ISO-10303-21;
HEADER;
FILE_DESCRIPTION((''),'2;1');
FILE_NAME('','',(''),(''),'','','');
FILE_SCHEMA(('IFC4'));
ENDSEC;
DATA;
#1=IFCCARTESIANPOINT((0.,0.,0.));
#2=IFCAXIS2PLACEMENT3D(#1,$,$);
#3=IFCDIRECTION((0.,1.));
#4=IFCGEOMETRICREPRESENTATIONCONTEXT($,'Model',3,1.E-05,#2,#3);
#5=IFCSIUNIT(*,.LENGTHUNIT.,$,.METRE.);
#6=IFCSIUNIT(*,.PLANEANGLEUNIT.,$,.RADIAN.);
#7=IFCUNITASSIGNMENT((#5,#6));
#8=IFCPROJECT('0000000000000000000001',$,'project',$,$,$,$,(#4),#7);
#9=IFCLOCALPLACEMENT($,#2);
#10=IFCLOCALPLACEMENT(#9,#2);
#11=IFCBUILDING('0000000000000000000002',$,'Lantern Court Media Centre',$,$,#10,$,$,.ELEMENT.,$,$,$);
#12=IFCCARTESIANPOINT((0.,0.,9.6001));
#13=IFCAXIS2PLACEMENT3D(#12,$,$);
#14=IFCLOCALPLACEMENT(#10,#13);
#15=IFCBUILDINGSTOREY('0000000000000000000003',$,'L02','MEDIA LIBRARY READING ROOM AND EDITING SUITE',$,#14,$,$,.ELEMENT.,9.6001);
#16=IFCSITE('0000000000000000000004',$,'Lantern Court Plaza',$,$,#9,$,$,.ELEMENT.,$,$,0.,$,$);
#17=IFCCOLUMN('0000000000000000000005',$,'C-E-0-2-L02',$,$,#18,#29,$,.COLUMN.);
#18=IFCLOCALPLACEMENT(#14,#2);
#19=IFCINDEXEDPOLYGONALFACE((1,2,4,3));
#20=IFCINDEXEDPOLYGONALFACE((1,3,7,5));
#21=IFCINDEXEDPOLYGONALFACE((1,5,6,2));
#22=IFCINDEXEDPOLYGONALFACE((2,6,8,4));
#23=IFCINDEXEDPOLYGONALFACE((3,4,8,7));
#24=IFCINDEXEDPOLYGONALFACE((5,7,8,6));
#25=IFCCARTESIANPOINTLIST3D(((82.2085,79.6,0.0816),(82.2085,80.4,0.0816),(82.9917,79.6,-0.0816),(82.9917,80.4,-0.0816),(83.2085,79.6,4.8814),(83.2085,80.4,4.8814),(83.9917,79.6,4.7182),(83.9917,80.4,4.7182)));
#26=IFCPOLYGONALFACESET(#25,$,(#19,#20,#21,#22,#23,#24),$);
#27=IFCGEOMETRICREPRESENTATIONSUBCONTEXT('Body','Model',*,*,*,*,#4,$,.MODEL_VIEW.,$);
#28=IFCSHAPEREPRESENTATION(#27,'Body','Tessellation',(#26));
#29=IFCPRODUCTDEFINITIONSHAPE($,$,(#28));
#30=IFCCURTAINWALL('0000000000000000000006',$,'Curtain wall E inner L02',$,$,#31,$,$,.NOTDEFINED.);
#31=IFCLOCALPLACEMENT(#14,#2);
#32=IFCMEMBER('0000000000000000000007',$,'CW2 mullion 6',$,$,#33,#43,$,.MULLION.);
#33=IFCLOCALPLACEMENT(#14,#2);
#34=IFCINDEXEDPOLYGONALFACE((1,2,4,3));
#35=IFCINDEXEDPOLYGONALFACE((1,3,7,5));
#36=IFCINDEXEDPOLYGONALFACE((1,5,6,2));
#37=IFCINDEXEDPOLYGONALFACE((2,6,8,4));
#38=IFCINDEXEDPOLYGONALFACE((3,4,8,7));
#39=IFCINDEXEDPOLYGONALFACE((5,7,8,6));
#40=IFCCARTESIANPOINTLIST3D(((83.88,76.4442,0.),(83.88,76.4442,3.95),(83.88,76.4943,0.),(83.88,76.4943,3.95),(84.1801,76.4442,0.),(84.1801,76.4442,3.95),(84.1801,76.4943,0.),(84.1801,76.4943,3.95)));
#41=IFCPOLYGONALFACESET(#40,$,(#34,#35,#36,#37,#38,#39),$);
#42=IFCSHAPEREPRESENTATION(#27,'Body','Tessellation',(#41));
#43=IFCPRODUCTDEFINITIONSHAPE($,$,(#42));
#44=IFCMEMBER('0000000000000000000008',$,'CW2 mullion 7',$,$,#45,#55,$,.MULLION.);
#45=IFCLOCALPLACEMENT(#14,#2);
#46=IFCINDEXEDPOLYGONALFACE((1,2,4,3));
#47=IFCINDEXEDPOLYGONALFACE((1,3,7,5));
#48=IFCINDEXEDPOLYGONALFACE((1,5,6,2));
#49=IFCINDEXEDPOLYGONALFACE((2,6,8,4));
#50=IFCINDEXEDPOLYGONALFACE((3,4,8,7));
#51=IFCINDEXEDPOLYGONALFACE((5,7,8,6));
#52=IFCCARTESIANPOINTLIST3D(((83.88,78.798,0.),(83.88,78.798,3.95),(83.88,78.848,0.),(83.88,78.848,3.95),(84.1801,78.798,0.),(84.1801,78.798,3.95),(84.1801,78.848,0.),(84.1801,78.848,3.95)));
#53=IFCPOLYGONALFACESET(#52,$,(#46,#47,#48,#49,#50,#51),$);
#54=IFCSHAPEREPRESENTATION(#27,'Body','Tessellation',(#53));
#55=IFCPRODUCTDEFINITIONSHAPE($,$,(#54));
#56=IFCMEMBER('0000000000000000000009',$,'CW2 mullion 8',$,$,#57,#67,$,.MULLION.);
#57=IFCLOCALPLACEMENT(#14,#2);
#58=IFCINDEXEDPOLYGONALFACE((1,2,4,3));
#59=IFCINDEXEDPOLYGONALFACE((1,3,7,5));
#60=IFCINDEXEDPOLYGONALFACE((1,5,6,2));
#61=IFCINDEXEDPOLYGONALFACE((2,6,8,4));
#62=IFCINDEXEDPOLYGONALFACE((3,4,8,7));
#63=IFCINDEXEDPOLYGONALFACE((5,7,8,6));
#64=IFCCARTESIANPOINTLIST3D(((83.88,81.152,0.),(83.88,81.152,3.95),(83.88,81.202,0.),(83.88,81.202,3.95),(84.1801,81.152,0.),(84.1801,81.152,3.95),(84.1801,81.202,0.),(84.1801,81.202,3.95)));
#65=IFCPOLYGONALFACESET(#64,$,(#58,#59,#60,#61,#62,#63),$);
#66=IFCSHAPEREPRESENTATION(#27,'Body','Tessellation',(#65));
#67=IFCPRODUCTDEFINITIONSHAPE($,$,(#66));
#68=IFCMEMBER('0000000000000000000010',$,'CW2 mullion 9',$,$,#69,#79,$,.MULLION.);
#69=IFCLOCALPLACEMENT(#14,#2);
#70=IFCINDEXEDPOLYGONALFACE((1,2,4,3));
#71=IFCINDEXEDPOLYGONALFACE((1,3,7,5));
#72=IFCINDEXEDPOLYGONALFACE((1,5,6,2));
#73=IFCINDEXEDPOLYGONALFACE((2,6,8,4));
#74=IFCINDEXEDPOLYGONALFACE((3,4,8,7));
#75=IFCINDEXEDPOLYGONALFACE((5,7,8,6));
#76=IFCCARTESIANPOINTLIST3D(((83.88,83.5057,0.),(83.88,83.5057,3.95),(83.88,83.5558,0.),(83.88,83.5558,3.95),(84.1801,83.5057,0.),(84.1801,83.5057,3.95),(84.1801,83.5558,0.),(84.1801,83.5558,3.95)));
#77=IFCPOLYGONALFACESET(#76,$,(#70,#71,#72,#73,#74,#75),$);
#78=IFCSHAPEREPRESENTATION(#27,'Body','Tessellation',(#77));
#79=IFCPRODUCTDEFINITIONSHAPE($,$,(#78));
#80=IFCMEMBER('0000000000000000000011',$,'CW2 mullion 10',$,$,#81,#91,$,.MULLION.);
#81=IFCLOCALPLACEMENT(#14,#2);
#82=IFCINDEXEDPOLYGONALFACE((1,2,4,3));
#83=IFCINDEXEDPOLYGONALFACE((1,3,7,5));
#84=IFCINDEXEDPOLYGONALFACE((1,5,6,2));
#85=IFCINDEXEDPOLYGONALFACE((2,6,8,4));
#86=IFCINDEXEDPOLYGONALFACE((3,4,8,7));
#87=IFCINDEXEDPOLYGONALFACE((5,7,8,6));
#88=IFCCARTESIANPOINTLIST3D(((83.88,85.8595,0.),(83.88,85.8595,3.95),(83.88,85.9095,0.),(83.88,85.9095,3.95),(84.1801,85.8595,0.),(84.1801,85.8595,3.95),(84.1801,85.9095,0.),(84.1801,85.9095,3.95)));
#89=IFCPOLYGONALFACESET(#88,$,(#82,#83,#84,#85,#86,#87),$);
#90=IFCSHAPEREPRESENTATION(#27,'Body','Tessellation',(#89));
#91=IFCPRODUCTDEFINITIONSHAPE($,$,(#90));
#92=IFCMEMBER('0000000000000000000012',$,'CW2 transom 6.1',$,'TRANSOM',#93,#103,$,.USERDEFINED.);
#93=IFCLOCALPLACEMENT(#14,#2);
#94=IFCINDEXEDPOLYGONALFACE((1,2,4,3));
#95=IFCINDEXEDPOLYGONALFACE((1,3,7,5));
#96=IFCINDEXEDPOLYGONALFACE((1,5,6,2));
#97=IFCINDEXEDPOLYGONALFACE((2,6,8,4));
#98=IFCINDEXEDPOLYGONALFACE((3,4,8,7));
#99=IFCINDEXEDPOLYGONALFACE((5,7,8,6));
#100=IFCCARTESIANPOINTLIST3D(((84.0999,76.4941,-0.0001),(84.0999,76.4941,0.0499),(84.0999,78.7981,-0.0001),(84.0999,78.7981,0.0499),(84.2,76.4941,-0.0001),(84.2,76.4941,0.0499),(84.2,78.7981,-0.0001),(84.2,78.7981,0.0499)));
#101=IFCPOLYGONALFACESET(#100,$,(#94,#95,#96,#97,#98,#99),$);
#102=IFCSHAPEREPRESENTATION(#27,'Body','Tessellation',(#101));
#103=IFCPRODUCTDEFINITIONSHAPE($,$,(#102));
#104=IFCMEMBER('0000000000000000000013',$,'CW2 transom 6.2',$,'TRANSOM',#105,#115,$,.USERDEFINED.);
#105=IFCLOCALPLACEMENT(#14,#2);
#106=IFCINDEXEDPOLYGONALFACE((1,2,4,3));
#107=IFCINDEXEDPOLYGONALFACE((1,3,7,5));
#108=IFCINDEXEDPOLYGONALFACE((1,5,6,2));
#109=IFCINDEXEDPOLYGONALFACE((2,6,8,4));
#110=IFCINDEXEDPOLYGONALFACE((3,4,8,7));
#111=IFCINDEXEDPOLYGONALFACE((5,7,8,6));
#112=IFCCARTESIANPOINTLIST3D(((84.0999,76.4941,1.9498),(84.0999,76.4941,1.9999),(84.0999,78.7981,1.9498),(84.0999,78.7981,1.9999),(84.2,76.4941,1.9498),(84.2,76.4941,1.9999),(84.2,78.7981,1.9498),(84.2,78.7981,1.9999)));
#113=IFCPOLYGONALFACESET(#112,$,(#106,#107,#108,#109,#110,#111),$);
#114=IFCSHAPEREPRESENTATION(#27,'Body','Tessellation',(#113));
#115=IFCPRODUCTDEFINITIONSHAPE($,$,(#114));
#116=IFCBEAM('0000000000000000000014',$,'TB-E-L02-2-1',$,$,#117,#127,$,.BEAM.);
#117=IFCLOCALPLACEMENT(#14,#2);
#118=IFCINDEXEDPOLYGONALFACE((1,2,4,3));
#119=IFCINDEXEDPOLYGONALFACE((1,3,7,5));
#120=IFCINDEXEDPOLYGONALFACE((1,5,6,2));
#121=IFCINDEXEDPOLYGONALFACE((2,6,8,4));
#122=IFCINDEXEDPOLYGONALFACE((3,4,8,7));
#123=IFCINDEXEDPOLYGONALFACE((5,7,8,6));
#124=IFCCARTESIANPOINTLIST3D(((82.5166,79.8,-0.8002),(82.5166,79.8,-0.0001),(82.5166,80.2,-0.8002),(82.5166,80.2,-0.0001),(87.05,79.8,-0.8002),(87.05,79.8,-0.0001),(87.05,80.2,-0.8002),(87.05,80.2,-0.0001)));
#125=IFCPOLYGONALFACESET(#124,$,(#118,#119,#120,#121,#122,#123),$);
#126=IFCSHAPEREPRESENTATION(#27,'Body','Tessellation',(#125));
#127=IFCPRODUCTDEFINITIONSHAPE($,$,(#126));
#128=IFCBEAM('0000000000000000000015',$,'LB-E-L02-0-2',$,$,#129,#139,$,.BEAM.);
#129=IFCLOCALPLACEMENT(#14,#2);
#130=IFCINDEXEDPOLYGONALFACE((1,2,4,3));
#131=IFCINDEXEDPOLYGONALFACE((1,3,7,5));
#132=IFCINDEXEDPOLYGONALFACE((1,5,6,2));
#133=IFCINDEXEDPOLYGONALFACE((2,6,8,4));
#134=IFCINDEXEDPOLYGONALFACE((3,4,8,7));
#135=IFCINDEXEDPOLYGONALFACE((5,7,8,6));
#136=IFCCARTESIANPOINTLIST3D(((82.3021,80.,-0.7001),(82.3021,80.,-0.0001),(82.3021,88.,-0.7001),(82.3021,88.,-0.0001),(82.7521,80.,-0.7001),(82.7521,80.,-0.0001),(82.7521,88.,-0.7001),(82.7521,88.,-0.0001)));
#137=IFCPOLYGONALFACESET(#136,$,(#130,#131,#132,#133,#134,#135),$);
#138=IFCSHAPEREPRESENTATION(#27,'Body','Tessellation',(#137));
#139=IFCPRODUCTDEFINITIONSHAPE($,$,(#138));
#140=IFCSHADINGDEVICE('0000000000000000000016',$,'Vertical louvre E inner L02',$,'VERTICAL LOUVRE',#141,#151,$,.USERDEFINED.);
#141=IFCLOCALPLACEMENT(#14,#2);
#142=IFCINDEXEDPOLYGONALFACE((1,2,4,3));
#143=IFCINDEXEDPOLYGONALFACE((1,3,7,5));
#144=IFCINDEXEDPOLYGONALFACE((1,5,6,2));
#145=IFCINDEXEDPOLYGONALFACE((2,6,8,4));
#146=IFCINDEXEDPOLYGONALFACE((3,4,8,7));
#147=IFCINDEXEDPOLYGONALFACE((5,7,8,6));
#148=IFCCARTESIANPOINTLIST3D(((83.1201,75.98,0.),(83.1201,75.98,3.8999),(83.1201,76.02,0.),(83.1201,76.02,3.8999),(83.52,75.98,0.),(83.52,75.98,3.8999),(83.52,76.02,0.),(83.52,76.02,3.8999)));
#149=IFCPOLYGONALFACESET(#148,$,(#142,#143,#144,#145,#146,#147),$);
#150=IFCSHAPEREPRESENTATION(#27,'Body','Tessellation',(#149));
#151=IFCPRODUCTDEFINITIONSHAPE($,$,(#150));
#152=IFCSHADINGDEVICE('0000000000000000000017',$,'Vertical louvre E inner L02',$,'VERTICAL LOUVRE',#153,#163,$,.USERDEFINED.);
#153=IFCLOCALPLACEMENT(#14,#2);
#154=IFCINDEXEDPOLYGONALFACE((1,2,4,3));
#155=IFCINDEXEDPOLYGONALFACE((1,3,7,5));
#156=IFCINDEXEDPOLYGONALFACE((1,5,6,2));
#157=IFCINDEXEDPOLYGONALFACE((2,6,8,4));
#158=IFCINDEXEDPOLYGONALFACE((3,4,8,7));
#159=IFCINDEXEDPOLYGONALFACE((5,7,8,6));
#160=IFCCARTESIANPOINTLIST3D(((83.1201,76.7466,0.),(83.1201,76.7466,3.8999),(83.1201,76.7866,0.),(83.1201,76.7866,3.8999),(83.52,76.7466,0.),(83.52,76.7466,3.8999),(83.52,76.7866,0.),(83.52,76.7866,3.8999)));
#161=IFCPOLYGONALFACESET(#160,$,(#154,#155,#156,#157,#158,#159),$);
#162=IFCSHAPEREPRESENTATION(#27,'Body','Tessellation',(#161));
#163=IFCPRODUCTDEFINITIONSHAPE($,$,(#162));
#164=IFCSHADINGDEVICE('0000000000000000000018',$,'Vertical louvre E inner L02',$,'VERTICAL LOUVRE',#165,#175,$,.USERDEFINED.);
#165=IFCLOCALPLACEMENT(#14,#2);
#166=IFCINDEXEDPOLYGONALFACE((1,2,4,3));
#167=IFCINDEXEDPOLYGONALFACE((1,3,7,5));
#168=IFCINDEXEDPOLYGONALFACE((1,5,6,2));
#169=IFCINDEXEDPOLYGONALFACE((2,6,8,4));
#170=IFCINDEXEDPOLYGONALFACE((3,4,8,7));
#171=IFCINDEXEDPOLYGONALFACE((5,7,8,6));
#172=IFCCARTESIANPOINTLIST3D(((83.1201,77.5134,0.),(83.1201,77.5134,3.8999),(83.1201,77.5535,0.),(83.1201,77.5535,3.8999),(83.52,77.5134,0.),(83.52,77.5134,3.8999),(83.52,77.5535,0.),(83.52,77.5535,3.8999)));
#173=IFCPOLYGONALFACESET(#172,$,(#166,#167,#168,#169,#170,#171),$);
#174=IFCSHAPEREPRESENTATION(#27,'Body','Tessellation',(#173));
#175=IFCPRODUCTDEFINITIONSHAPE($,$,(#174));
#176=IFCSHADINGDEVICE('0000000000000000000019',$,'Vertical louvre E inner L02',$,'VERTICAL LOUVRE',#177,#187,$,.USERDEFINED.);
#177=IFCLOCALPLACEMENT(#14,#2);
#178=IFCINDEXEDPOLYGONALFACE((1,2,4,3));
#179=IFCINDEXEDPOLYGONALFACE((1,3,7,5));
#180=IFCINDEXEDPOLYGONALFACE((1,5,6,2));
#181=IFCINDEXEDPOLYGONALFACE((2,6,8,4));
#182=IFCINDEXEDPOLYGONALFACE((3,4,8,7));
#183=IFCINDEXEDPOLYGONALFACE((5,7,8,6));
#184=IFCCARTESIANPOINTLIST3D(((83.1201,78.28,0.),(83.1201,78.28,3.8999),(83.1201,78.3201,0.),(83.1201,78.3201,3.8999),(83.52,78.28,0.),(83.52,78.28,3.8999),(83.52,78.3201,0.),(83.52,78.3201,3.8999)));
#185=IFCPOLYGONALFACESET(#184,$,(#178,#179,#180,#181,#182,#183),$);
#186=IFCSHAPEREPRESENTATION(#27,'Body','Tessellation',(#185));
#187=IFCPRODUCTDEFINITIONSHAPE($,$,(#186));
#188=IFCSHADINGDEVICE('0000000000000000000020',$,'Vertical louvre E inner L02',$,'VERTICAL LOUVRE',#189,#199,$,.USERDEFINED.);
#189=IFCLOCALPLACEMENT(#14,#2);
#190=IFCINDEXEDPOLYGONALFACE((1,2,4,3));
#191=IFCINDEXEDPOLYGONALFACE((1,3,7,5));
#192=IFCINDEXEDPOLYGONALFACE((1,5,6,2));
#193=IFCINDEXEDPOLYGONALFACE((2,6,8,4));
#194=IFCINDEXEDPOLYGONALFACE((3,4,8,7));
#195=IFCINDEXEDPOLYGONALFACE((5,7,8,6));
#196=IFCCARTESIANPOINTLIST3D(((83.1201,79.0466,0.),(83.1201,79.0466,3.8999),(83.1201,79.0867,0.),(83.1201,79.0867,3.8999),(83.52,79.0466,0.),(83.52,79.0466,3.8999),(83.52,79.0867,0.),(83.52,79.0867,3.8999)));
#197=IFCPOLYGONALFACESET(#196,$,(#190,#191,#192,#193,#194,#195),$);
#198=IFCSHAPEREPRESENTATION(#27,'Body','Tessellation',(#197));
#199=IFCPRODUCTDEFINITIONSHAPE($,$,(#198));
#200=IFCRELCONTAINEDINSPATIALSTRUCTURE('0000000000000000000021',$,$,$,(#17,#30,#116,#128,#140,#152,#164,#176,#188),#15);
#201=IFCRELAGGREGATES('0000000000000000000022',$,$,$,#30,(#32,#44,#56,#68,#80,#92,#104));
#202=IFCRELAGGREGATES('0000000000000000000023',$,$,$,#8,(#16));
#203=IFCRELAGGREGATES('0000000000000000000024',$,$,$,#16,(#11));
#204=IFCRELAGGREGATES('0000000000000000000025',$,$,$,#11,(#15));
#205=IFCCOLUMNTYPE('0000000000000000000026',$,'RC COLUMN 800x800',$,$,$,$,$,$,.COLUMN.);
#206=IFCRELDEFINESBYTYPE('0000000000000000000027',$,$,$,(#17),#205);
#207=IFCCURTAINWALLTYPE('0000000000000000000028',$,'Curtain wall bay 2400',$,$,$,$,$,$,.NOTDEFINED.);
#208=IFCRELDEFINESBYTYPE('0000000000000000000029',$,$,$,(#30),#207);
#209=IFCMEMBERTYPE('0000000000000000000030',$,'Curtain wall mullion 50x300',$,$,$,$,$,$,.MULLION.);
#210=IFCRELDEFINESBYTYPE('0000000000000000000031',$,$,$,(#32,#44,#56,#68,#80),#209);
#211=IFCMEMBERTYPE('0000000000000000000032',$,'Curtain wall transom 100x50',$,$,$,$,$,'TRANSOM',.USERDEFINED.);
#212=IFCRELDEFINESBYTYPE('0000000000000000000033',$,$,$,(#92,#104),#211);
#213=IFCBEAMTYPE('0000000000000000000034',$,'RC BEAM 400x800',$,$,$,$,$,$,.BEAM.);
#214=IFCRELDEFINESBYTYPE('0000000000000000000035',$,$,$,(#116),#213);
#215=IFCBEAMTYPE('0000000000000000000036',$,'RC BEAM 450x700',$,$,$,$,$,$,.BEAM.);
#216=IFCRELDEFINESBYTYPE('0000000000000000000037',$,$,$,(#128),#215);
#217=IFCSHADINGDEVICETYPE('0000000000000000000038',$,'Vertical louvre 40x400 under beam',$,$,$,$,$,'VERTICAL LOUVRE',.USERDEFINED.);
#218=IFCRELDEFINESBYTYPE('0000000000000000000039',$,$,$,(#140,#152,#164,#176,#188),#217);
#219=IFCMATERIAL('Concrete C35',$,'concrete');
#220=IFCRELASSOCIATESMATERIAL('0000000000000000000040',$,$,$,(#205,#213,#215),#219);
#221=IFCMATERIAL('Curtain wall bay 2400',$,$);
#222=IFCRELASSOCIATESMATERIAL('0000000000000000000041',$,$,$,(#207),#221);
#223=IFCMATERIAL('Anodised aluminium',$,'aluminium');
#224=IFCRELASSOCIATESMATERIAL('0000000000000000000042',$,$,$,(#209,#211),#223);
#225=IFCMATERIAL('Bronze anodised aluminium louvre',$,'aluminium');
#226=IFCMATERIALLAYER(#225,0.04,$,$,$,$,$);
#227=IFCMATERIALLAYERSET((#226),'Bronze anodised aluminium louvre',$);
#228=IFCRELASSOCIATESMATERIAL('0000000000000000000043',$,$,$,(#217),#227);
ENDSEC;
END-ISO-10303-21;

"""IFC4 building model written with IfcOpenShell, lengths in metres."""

from ifc_helpers import new_model, si_unit, direction, frame, origin, origin_2d, place, context, subcontext, project, spatial, rectangle, extrude, material, layer, layer_set, material_profile, profile_set, type_object, element, aggregate, save


model = new_model("IFC4")

# Units and contexts
model_context = context("Model", 3, precision=1e-05, world=origin(), true_north=direction((0.0, 1.0)))
body_context = subcontext(model_context, "Body", "Model", "MODEL_VIEW")
ifc_project = project(units=[si_unit("LENGTHUNIT", "METRE"), si_unit("PLANEANGLEUNIT", "RADIAN")], contexts=[model_context])

# Site, building, storey
site_placement = place(None, origin())
site = spatial("IfcSite", under=ifc_project, at=site_placement, Name="Lantern Court Plaza", CompositionType="ELEMENT", RefElevation=0.0)
building_placement = place(site_placement, origin())
building = spatial("IfcBuilding", under=site, at=building_placement, Name="Lantern Court Media Centre", CompositionType="ELEMENT")
storey_placement = place(building_placement, frame((0.0, 0.0, 9.6001)))
storey = spatial("IfcBuildingStorey", under=building, at=storey_placement, Name="L02", Description="MEDIA LIBRARY READING ROOM AND EDITING SUITE", CompositionType="ELEMENT", Elevation=9.6001)

# Column
ifc_material_1 = material(Name="Concrete C35", Category="concrete")
ifc_material_profile_1 = material_profile(ifc_material_1, rectangle(XDim=0.8, YDim=0.8, at=origin_2d()), Name="RC 800x800")
ifc_profile_set_1 = profile_set([ifc_material_profile_1], Name="Concrete C35")
column_type = type_object("IfcColumnType", Name="RC COLUMN 800x800", PredefinedType="COLUMN", material=ifc_profile_set_1)
column_placement = place(storey_placement, frame((82.6001, 80.0, 0.0), z_axis=(0.203962, 0.0, 0.978979), x_axis=(0.0, 1.0, 0.0)))
element("IfcColumn", 1, at=column_placement, inside=storey, type_object=column_type, Name="C-E-0-2-L02", PredefinedType="COLUMN", context=body_context, shape_type="SweptSolid", body=[
    extrude(rectangle(XDim=0.8, YDim=0.8, at=origin_2d()), origin(), (0.0, 0.0, 1.0), 4.9028),
])

# Curtain wall, members
ifc_material_2 = material(Name="Curtain wall bay 2400")
curtain_wall_type = type_object("IfcCurtainWallType", Name="Curtain wall bay 2400", PredefinedType="NOTDEFINED", material=ifc_material_2)
curtain_wall_placement = place(storey_placement, origin())
curtain_wall = element("IfcCurtainWall", 2, at=curtain_wall_placement, inside=storey, type_object=curtain_wall_type, Name="Curtain wall E inner L02", PredefinedType="NOTDEFINED")
ifc_material_3 = material(Name="Anodised aluminium", Category="aluminium")
ifc_material_profile_2 = material_profile(ifc_material_3, rectangle(XDim=0.3, YDim=0.05, at=origin_2d()), Name="AL 50x300")
ifc_profile_set_2 = profile_set([ifc_material_profile_2], Name="Anodised aluminium")
member_type_1 = type_object("IfcMemberType", Name="Curtain wall mullion 50x300", PredefinedType="MULLION", material=ifc_profile_set_2)
member_1_placement = place(storey_placement, frame((84.03, 76.4692, 0.0), z_axis=(0.0, 0.0, 1.0), x_axis=(-1.0, 0.0, 0.0)))
member_1 = element("IfcMember", 3, at=member_1_placement, type_object=member_type_1, Name="CW2 mullion 6", PredefinedType="MULLION", context=body_context, shape_type="SweptSolid", body=[
    extrude(rectangle(XDim=0.3, YDim=0.05, at=origin_2d()), origin(), (0.0, 0.0, 1.0), 3.95),
])
member_2_placement = place(storey_placement, frame((84.03, 78.823, 0.0), z_axis=(0.0, 0.0, 1.0), x_axis=(-1.0, 0.0, 0.0)))
member_2 = element("IfcMember", 4, at=member_2_placement, type_object=member_type_1, Name="CW2 mullion 7", PredefinedType="MULLION", context=body_context, shape_type="SweptSolid", body=[
    extrude(rectangle(XDim=0.3, YDim=0.05, at=origin_2d()), origin(), (0.0, 0.0, 1.0), 3.95),
])
member_3_placement = place(storey_placement, frame((84.03, 81.177, 0.0), z_axis=(0.0, 0.0, 1.0), x_axis=(-1.0, 0.0, 0.0)))
member_3 = element("IfcMember", 5, at=member_3_placement, type_object=member_type_1, Name="CW2 mullion 8", PredefinedType="MULLION", context=body_context, shape_type="SweptSolid", body=[
    extrude(rectangle(XDim=0.3, YDim=0.05, at=origin_2d()), origin(), (0.0, 0.0, 1.0), 3.95),
])
member_4_placement = place(storey_placement, frame((84.03, 83.5308, 0.0), z_axis=(0.0, 0.0, 1.0), x_axis=(-1.0, 0.0, 0.0)))
member_4 = element("IfcMember", 6, at=member_4_placement, type_object=member_type_1, Name="CW2 mullion 9", PredefinedType="MULLION", context=body_context, shape_type="SweptSolid", body=[
    extrude(rectangle(XDim=0.3, YDim=0.05, at=origin_2d()), origin(), (0.0, 0.0, 1.0), 3.95),
])
member_5_placement = place(storey_placement, frame((84.03, 85.8845, 0.0), z_axis=(0.0, 0.0, 1.0), x_axis=(-1.0, 0.0, 0.0)))
member_5 = element("IfcMember", 7, at=member_5_placement, type_object=member_type_1, Name="CW2 mullion 10", PredefinedType="MULLION", context=body_context, shape_type="SweptSolid", body=[
    extrude(rectangle(XDim=0.3, YDim=0.05, at=origin_2d()), origin(), (0.0, 0.0, 1.0), 3.95),
])
ifc_material_profile_3 = material_profile(ifc_material_3, rectangle(XDim=0.1001, YDim=0.05, at=origin_2d()), Name="AL 50x100")
ifc_profile_set_3 = profile_set([ifc_material_profile_3], Name="Anodised aluminium")
member_type_2 = type_object("IfcMemberType", Name="Curtain wall transom 100x50", ElementType="TRANSOM", PredefinedType="USERDEFINED", material=ifc_profile_set_3)
member_6_placement = place(storey_placement, frame((84.1499, 76.4941, 0.0249), z_axis=(0.0, 1.0, 0.0), x_axis=(-1.0, 0.0, 0.0)))
member_6 = element("IfcMember", 8, at=member_6_placement, type_object=member_type_2, Name="CW2 transom 6.1", ObjectType="TRANSOM", PredefinedType="USERDEFINED", context=body_context, shape_type="SweptSolid", body=[
    extrude(rectangle(XDim=0.1001, YDim=0.05, at=origin_2d()), origin(), (0.0, 0.0, 1.0), 2.304),
])
member_7_placement = place(storey_placement, frame((84.1499, 76.4941, 1.9749), z_axis=(0.0, 1.0, 0.0), x_axis=(-1.0, 0.0, 0.0)))
member_7 = element("IfcMember", 9, at=member_7_placement, type_object=member_type_2, Name="CW2 transom 6.2", ObjectType="TRANSOM", PredefinedType="USERDEFINED", context=body_context, shape_type="SweptSolid", body=[
    extrude(rectangle(XDim=0.1001, YDim=0.05, at=origin_2d()), origin(), (0.0, 0.0, 1.0), 2.304),
])
aggregate(curtain_wall, [member_1, member_2, member_3, member_4, member_5, member_6, member_7])

# Beams
ifc_material_profile_4 = material_profile(ifc_material_1, rectangle(XDim=0.3999, YDim=0.8, at=origin_2d()), Name="RC 400x800")
ifc_profile_set_4 = profile_set([ifc_material_profile_4], Name="Concrete C35")
beam_type_1 = type_object("IfcBeamType", Name="RC BEAM 400x800", PredefinedType="BEAM", material=ifc_profile_set_4)
beam_1_placement = place(storey_placement, frame((82.5166, 80.0, -0.4001), z_axis=(1.0, 0.0, 0.0), x_axis=(0.0, 1.0, 0.0)))
element("IfcBeam", 10, at=beam_1_placement, inside=storey, type_object=beam_type_1, Name="TB-E-L02-2-1", PredefinedType="BEAM", context=body_context, shape_type="SweptSolid", body=[
    extrude(rectangle(XDim=0.3999, YDim=0.8, at=origin_2d()), origin(), (0.0, 0.0, 1.0), 4.5334),
])
ifc_material_profile_5 = material_profile(ifc_material_1, rectangle(XDim=0.45, YDim=0.7, at=origin_2d()), Name="RC 450x700")
ifc_profile_set_5 = profile_set([ifc_material_profile_5], Name="Concrete C35")
beam_type_2 = type_object("IfcBeamType", Name="RC BEAM 450x700", PredefinedType="BEAM", material=ifc_profile_set_5)
beam_2_placement = place(storey_placement, frame((82.5271, 80.0, -0.3501), z_axis=(0.0, 1.0, 0.0), x_axis=(-1.0, 0.0, 0.0)))
element("IfcBeam", 11, at=beam_2_placement, inside=storey, type_object=beam_type_2, Name="LB-E-L02-0-2", PredefinedType="BEAM", context=body_context, shape_type="SweptSolid", body=[
    extrude(rectangle(XDim=0.45, YDim=0.7, at=origin_2d()), origin(), (0.0, 0.0, 1.0), 8.0),
])

# Shading devices
ifc_material_4 = material(Name="Bronze anodised aluminium louvre", Category="aluminium")
ifc_layer = layer(ifc_material_4, 0.04)
ifc_layer_set = layer_set([ifc_layer], Name="Bronze anodised aluminium louvre")
shading_device_type = type_object("IfcShadingDeviceType", Name="Vertical louvre 40x400 under beam", ElementType="VERTICAL LOUVRE", PredefinedType="USERDEFINED", material=ifc_layer_set)
for number, where, z_axis, x_axis, name in (
    (12, (83.3201, 76.0, 0.0), (0.0, 0.0, 1.0), (1.0, 0.0, 0.0), "Vertical louvre E inner L02"),
    (13, (83.3201, 76.7666, 0.0), (0.0, 0.0, 1.0), (1.0, 0.0, 0.0), "Vertical louvre E inner L02"),
    (14, (83.3201, 77.5334, 0.0), (0.0, 0.0, 1.0), (1.0, 0.0, 0.0), "Vertical louvre E inner L02"),
    (15, (83.3201, 78.3, 0.0), (0.0, 0.0, 1.0), (1.0, 0.0, 0.0), "Vertical louvre E inner L02"),
    (16, (83.3201, 79.0667, 0.0), (0.0, 0.0, 1.0), (1.0, 0.0, 0.0), "Vertical louvre E inner L02"),
):
    element("IfcShadingDevice", number, at=place(storey_placement, frame(where, z_axis=z_axis, x_axis=x_axis)), inside=storey, type_object=shading_device_type, Name=name, ObjectType="VERTICAL LOUVRE", PredefinedType="USERDEFINED", context=body_context, shape_type="SweptSolid", body=[
        extrude(rectangle(XDim=0.3999, YDim=0.04, at=origin_2d()), origin(), (0.0, 0.0, 1.0), 3.8999),
    ])

save(model, "model.ifc")
